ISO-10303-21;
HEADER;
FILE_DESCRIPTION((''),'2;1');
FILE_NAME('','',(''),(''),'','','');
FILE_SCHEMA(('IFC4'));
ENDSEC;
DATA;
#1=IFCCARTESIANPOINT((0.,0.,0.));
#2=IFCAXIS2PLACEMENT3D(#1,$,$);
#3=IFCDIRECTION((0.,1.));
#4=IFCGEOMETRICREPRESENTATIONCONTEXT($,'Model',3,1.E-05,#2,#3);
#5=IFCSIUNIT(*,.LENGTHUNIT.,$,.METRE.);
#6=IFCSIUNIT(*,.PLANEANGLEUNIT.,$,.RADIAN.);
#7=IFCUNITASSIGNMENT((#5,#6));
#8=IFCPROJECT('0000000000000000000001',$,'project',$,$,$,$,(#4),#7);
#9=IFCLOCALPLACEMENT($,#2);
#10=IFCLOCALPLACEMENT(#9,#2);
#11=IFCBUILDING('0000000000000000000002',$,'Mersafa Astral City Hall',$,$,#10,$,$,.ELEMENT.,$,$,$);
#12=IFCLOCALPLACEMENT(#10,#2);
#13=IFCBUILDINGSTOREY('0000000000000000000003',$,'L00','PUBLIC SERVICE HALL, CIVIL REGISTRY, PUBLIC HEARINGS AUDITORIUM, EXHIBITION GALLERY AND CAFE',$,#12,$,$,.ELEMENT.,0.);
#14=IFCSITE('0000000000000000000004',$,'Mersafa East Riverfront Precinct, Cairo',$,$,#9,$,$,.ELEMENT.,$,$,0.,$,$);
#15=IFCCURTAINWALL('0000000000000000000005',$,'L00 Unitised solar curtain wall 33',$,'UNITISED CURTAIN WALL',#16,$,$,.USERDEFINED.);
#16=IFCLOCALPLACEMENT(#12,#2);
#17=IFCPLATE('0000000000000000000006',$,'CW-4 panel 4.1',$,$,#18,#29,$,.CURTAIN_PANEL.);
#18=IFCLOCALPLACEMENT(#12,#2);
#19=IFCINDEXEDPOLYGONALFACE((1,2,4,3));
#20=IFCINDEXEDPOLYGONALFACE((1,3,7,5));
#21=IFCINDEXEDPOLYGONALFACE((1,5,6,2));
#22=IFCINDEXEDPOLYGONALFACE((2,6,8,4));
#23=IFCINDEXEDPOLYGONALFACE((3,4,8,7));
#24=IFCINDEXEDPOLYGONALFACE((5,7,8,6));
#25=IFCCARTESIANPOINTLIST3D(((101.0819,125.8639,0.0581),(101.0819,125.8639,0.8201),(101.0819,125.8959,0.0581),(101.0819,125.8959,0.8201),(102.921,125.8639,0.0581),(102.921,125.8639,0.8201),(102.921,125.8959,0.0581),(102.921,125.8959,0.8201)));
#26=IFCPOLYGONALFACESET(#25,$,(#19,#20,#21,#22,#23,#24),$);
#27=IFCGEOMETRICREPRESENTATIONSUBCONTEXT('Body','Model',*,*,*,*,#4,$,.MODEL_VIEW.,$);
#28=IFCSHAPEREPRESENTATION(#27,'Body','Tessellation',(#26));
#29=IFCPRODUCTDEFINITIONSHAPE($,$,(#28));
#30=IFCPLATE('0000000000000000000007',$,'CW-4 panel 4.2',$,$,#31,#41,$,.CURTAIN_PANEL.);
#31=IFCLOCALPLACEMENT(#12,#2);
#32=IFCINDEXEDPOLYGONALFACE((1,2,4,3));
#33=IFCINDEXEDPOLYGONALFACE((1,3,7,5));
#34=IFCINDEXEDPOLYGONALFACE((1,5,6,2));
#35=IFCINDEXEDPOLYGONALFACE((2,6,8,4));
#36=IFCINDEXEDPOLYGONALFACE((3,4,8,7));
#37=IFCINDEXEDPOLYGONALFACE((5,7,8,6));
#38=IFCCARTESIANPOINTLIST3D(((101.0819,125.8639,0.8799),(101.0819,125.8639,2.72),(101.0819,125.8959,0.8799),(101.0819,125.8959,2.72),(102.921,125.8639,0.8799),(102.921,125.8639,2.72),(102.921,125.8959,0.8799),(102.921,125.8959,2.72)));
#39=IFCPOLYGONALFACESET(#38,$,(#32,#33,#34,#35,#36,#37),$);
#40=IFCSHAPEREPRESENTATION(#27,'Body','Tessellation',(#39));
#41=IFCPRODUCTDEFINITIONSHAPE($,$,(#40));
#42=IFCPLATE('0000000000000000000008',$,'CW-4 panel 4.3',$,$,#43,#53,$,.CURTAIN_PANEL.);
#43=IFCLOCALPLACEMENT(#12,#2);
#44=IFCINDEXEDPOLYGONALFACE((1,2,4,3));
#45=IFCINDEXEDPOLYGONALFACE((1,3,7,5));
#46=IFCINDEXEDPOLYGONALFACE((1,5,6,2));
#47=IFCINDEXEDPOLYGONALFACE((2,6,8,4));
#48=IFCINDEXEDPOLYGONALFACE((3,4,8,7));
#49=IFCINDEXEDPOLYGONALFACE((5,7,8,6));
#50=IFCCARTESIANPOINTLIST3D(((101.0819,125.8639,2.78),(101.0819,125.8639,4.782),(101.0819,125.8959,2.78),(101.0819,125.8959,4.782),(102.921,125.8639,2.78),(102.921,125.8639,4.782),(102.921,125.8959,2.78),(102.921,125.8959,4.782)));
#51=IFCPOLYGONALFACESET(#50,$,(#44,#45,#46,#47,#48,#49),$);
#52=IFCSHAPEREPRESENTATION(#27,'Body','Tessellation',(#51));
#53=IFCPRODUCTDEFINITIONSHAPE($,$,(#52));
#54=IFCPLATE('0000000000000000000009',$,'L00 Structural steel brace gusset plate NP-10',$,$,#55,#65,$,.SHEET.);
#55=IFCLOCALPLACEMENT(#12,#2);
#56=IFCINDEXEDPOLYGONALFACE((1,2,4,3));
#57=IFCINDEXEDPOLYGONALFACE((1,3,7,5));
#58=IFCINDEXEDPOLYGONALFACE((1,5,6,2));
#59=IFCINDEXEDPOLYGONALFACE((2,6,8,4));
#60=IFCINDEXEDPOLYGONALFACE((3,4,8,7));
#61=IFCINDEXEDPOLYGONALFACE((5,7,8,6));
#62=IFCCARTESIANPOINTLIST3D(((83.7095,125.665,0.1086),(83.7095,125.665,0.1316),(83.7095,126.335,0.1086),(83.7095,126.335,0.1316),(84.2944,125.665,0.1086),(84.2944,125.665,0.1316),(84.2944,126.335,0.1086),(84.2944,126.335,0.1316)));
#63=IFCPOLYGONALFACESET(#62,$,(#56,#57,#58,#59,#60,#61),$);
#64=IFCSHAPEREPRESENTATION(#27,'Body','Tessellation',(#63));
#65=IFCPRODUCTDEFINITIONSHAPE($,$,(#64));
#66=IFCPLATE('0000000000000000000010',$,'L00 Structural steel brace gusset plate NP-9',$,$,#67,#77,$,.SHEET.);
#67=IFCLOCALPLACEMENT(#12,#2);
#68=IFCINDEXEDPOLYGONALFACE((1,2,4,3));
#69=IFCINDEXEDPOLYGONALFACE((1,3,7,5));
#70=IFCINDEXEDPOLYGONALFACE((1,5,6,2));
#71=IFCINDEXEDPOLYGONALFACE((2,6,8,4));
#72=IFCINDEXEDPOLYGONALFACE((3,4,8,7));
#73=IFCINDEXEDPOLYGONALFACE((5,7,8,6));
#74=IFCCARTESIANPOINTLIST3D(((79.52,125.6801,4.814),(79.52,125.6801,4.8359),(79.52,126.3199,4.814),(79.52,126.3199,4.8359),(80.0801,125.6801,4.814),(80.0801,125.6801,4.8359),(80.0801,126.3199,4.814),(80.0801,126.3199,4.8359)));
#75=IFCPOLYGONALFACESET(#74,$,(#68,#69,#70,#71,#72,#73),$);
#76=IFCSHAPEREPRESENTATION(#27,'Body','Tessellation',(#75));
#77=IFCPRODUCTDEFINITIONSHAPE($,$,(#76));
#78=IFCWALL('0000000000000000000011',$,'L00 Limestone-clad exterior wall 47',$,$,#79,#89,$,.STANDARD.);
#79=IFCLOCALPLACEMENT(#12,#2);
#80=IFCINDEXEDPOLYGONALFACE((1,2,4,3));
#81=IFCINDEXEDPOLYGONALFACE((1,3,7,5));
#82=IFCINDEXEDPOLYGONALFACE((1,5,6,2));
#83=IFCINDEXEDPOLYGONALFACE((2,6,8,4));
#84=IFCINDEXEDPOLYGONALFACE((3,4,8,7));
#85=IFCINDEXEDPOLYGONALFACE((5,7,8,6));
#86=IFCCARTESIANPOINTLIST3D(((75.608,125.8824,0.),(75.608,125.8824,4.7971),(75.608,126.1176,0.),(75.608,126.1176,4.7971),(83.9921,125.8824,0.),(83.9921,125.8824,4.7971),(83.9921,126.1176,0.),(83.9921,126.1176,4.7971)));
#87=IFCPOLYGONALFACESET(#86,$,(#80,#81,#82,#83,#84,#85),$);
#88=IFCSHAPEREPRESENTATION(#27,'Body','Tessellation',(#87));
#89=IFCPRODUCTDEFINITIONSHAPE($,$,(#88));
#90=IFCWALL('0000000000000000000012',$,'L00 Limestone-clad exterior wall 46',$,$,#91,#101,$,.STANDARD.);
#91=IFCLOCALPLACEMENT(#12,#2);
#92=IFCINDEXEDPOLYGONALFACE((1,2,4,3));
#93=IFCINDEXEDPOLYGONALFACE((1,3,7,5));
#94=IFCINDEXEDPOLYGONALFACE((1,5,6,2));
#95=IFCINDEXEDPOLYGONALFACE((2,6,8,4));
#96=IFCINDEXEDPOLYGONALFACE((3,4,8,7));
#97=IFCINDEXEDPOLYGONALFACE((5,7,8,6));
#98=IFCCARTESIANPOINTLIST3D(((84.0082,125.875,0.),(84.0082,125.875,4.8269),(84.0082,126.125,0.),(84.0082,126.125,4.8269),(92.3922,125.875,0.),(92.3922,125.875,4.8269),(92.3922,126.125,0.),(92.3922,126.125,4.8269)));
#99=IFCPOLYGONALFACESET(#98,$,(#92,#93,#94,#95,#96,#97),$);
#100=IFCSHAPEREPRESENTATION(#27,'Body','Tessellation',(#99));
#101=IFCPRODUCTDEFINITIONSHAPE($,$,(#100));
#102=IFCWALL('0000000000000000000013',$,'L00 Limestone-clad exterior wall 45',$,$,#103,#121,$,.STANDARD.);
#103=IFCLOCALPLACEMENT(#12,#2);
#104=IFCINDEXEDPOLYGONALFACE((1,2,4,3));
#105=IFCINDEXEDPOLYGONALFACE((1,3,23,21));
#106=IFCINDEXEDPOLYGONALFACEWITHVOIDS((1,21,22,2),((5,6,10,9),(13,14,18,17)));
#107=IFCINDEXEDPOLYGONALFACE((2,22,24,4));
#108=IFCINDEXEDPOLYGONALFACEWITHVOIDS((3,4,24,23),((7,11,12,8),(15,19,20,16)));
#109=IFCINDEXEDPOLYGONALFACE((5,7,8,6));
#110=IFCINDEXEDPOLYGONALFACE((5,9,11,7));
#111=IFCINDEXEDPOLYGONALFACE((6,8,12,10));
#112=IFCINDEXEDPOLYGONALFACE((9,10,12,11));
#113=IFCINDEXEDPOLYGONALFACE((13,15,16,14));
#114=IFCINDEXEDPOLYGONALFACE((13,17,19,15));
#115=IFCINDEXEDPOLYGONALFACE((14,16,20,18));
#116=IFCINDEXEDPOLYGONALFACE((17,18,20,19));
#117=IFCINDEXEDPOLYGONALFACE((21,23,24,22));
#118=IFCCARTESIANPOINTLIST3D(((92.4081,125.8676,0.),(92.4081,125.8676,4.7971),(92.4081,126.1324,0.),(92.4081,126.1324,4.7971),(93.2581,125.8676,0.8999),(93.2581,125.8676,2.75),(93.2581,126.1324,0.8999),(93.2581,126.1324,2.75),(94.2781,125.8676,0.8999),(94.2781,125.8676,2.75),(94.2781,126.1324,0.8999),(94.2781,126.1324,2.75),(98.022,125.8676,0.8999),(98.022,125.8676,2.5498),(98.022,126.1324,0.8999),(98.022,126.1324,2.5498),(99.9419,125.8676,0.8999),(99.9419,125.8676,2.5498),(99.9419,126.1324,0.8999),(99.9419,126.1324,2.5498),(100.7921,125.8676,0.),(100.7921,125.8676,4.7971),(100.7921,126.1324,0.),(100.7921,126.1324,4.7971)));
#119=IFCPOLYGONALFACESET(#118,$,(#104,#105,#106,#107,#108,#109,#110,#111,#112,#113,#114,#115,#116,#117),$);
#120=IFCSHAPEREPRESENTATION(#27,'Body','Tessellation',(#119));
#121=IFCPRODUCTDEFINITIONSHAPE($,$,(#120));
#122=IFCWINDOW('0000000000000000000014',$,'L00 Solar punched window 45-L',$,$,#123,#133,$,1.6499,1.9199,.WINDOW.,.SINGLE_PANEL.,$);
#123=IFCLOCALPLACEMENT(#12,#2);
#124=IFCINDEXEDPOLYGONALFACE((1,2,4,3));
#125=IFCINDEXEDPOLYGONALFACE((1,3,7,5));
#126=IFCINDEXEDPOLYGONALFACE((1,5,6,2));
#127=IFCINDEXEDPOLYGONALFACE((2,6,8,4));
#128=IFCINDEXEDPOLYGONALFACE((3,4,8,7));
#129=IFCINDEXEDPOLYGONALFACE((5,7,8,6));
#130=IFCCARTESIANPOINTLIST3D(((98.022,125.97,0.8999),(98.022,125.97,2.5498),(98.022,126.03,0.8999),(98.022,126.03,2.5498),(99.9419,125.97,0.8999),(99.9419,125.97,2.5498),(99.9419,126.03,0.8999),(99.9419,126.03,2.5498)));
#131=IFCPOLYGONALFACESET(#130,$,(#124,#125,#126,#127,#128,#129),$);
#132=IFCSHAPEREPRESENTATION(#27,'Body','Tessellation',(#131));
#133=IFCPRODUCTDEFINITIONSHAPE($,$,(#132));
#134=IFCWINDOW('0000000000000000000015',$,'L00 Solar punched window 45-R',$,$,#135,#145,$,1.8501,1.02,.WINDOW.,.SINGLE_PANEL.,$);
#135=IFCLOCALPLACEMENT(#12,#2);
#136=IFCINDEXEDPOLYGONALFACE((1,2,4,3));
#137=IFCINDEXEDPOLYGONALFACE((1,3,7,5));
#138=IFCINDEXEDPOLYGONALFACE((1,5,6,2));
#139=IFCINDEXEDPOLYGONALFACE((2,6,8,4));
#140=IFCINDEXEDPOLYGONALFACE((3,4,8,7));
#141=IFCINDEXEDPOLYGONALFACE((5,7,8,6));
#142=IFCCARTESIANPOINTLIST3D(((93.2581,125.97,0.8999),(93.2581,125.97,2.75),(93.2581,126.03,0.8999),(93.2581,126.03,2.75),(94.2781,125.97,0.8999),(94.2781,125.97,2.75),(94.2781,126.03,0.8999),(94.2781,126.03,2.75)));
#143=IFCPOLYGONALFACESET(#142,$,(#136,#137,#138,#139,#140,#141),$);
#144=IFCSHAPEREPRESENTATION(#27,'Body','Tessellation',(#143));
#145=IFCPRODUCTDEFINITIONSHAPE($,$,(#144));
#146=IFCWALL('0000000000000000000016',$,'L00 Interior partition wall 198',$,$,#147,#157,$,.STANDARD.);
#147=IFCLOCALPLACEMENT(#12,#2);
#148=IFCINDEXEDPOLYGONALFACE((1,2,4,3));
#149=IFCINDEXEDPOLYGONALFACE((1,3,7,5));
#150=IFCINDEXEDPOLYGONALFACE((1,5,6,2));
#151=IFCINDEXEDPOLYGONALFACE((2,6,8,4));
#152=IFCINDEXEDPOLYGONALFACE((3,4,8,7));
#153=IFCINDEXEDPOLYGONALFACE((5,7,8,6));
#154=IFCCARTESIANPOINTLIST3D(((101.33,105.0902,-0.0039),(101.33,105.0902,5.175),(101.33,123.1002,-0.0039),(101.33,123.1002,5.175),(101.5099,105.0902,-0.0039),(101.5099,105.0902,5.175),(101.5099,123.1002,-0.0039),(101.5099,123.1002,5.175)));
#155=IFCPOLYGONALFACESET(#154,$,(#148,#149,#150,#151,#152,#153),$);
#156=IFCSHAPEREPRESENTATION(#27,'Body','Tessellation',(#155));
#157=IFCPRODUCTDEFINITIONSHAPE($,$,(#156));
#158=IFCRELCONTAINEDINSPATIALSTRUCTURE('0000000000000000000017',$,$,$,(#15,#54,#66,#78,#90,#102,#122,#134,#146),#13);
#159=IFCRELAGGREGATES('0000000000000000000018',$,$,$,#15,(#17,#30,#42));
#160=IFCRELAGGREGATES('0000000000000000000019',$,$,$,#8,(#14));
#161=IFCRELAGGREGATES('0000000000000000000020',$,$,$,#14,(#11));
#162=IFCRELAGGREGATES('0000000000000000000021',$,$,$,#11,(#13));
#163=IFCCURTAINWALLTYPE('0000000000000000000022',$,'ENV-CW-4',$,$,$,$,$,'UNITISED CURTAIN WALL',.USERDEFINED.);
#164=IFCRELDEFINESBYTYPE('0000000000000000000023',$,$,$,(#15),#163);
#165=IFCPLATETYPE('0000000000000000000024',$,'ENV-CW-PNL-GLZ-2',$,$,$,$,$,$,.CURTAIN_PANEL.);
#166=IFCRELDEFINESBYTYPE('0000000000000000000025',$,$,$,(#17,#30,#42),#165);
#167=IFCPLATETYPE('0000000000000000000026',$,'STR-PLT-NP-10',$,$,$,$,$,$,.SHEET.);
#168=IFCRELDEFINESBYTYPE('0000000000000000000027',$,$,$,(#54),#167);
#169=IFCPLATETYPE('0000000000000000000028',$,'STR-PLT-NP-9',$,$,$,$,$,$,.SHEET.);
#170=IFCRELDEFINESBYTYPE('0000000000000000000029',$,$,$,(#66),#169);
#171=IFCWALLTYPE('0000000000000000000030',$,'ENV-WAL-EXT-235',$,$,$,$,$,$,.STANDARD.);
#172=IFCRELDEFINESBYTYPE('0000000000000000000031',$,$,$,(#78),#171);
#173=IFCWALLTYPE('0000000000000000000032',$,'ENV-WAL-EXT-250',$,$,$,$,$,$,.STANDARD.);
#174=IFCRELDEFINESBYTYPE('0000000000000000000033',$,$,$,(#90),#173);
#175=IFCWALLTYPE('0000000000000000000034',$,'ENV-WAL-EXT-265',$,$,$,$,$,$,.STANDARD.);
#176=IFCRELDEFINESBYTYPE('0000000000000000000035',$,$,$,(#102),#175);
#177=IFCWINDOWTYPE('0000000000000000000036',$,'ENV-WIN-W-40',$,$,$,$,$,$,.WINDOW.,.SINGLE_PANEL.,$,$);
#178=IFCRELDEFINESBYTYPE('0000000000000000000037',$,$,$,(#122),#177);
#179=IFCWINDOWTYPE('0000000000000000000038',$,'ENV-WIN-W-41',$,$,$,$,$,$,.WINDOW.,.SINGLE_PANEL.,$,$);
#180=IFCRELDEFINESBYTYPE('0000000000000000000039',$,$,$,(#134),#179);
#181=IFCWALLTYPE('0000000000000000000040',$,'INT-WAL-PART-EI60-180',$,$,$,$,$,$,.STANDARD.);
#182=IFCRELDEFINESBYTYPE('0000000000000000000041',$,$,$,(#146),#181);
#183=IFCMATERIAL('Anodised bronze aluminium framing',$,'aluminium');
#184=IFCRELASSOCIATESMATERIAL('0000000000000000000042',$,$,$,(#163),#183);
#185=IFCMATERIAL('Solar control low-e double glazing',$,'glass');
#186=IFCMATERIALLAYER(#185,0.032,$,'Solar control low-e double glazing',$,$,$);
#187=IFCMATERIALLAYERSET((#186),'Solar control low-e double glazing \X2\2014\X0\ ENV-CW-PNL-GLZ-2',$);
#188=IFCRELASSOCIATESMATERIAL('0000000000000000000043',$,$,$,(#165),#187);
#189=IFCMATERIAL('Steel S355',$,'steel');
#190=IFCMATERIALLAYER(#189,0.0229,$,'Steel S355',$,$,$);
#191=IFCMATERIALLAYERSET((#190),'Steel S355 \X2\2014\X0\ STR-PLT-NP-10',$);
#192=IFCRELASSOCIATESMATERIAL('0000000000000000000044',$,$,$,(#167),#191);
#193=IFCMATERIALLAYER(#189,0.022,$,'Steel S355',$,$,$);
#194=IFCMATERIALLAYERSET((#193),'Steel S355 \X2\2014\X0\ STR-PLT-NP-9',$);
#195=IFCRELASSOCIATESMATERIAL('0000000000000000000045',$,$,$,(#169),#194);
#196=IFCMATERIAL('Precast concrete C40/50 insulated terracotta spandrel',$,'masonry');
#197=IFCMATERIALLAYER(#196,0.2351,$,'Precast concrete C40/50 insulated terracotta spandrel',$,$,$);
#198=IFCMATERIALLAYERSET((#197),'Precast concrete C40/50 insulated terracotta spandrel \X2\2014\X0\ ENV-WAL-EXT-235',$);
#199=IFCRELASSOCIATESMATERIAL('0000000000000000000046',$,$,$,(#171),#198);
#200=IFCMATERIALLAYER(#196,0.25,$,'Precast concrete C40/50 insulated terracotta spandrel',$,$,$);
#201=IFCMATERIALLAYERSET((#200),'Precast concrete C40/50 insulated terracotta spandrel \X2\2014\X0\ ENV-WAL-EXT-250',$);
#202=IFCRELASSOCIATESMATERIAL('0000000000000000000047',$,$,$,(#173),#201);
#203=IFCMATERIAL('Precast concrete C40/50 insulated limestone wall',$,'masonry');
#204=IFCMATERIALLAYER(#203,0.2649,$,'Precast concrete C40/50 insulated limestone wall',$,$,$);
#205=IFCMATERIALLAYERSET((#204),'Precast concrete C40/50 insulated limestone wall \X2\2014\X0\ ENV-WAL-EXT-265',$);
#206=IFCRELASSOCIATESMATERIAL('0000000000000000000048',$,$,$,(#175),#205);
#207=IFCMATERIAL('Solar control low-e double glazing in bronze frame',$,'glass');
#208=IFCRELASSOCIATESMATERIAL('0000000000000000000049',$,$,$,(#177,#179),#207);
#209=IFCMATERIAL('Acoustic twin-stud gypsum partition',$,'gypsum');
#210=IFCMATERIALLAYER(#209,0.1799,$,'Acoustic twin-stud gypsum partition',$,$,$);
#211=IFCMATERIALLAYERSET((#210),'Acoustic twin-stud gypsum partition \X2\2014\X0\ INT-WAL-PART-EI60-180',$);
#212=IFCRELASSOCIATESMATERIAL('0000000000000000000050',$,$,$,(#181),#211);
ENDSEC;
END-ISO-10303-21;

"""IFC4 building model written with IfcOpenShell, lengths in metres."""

from ifc_helpers import new_model, si_unit, direction, frame, frame_2d, origin, origin_2d, place, context, subcontext, project, spatial, rectangle, extrude, material, layer, layer_set, type_object, element, fill, aggregate, save


model = new_model("IFC4")

# Units and contexts
model_context = context("Model", 3, precision=1e-05, world=origin(), true_north=direction((0.0, 1.0)))
body_context = subcontext(model_context, "Body", "Model", "MODEL_VIEW")
ifc_project = project(units=[si_unit("LENGTHUNIT", "METRE"), si_unit("PLANEANGLEUNIT", "RADIAN")], contexts=[model_context])

# Site, building, storey
site_placement = place(None, origin())
site = spatial("IfcSite", under=ifc_project, at=site_placement, Name="Mersafa East Riverfront Precinct, Cairo", CompositionType="ELEMENT", RefElevation=0.0)
building_placement = place(site_placement, origin())
building = spatial("IfcBuilding", under=site, at=building_placement, Name="Mersafa Astral City Hall", CompositionType="ELEMENT")
storey_placement = place(building_placement, origin())
storey = spatial("IfcBuildingStorey", under=building, at=storey_placement, Name="L00", Description="PUBLIC SERVICE HALL, CIVIL REGISTRY, PUBLIC HEARINGS AUDITORIUM, EXHIBITION GALLERY AND CAFE", CompositionType="ELEMENT", Elevation=0.0)

# Shared definitions
ifc_material_1 = material(Name="Steel S355", Category="steel")

# Curtain wall
ifc_material_2 = material(Name="Anodised bronze aluminium framing", Category="aluminium")
curtain_wall_type = type_object("IfcCurtainWallType", Name="ENV-CW-4", ElementType="UNITISED CURTAIN WALL", PredefinedType="USERDEFINED", material=ifc_material_2)
curtain_wall_placement = place(storey_placement, origin())
curtain_wall = element("IfcCurtainWall", 1, at=curtain_wall_placement, inside=storey, type_object=curtain_wall_type, Name="L00 Unitised solar curtain wall 33", ObjectType="UNITISED CURTAIN WALL", PredefinedType="USERDEFINED")

# Plates
ifc_material_3 = material(Name="Solar control low-e double glazing", Category="glass")
ifc_layer_1 = layer(ifc_material_3, 0.032, Name="Solar control low-e double glazing")
ifc_layer_set_1 = layer_set([ifc_layer_1], Name="Solar control low-e double glazing — ENV-CW-PNL-GLZ-2")
plate_type_1 = type_object("IfcPlateType", Name="ENV-CW-PNL-GLZ-2", PredefinedType="CURTAIN_PANEL", material=ifc_layer_set_1)
plate_1_placement = place(storey_placement, frame((102.0015, 125.8799, 0.0581), z_axis=(0.0, 0.0, 1.0), x_axis=(-1.0, 0.0, 0.0)))
plate_1 = element("IfcPlate", 2, at=plate_1_placement, type_object=plate_type_1, Name="CW-4 panel 4.1", PredefinedType="CURTAIN_PANEL", context=body_context, shape_type="SweptSolid", body=[
    extrude(rectangle(XDim=1.8391, YDim=0.032, at=origin_2d()), origin(), (0.0, 0.0, 1.0), 0.762),
])
plate_2_placement = place(storey_placement, frame((102.0015, 125.8799, 0.8799), z_axis=(0.0, 0.0, 1.0), x_axis=(-1.0, 0.0, 0.0)))
plate_2 = element("IfcPlate", 3, at=plate_2_placement, type_object=plate_type_1, Name="CW-4 panel 4.2", PredefinedType="CURTAIN_PANEL", context=body_context, shape_type="SweptSolid", body=[
    extrude(rectangle(XDim=1.8391, YDim=0.032, at=origin_2d()), origin(), (0.0, 0.0, 1.0), 1.8401),
])
plate_3_placement = place(storey_placement, frame((102.0015, 125.8799, 2.78), z_axis=(0.0, 0.0, 1.0), x_axis=(-1.0, 0.0, 0.0)))
plate_3 = element("IfcPlate", 4, at=plate_3_placement, type_object=plate_type_1, Name="CW-4 panel 4.3", PredefinedType="CURTAIN_PANEL", context=body_context, shape_type="SweptSolid", body=[
    extrude(rectangle(XDim=1.8391, YDim=0.032, at=origin_2d()), origin(), (0.0, 0.0, 1.0), 2.002),
])
aggregate(curtain_wall, [plate_1, plate_2, plate_3])

# Plates
ifc_layer_2 = layer(ifc_material_1, 0.0229, Name="Steel S355")
ifc_layer_set_2 = layer_set([ifc_layer_2], Name="Steel S355 — STR-PLT-NP-10")
plate_type_2 = type_object("IfcPlateType", Name="STR-PLT-NP-10", PredefinedType="SHEET", material=ifc_layer_set_2)
plate_4_placement = place(storey_placement, frame((84.002, 126.0, 0.1086), z_axis=(0.0, 0.0, 1.0), x_axis=(1.0, 0.0, 0.0)))
element("IfcPlate", 5, at=plate_4_placement, inside=storey, type_object=plate_type_2, Name="L00 Structural steel brace gusset plate NP-10", PredefinedType="SHEET", context=body_context, shape_type="SweptSolid", body=[
    extrude(rectangle(XDim=0.585, YDim=0.6699, at=origin_2d()), origin(), (0.0, 0.0, 1.0), 0.0229),
])
ifc_layer_3 = layer(ifc_material_1, 0.022, Name="Steel S355")
ifc_layer_set_3 = layer_set([ifc_layer_3], Name="Steel S355 — STR-PLT-NP-9")
plate_type_3 = type_object("IfcPlateType", Name="STR-PLT-NP-9", PredefinedType="SHEET", material=ifc_layer_set_3)
plate_5_placement = place(storey_placement, frame((79.8, 126.0, 4.814), z_axis=(0.0, 0.0, 1.0), x_axis=(1.0, 0.0, 0.0)))
element("IfcPlate", 6, at=plate_5_placement, inside=storey, type_object=plate_type_3, Name="L00 Structural steel brace gusset plate NP-9", PredefinedType="SHEET", context=body_context, shape_type="SweptSolid", body=[
    extrude(rectangle(XDim=0.5601, YDim=0.6399, at=origin_2d()), origin(), (0.0, 0.0, 1.0), 0.022),
])

# Walls
ifc_material_4 = material(Name="Precast concrete C40/50 insulated terracotta spandrel", Category="masonry")
ifc_layer_4 = layer(ifc_material_4, 0.2351, Name="Precast concrete C40/50 insulated terracotta spandrel")
ifc_layer_set_4 = layer_set([ifc_layer_4], Name="Precast concrete C40/50 insulated terracotta spandrel — ENV-WAL-EXT-235")
wall_type_1 = type_object("IfcWallType", Name="ENV-WAL-EXT-235", PredefinedType="STANDARD", material=ifc_layer_set_4)
wall_1_placement = place(storey_placement, frame((83.9919, 126.0, 0.0), z_axis=(0.0, 0.0, 1.0), x_axis=(-1.0, 0.0, 0.0)))
element("IfcWall", 7, at=wall_1_placement, inside=storey, type_object=wall_type_1, Name="L00 Limestone-clad exterior wall 47", PredefinedType="STANDARD", context=body_context, shape_type="SweptSolid", body=[
    extrude(rectangle(XDim=8.384, YDim=0.2351, at=frame_2d((4.1919, 0.0))), origin(), (0.0, 0.0, 1.0), 4.7971),
])
ifc_layer_5 = layer(ifc_material_4, 0.25, Name="Precast concrete C40/50 insulated terracotta spandrel")
ifc_layer_set_5 = layer_set([ifc_layer_5], Name="Precast concrete C40/50 insulated terracotta spandrel — ENV-WAL-EXT-250")
wall_type_2 = type_object("IfcWallType", Name="ENV-WAL-EXT-250", PredefinedType="STANDARD", material=ifc_layer_set_5)
wall_2_placement = place(storey_placement, frame((92.3921, 126.0, 0.0), z_axis=(0.0, 0.0, 1.0), x_axis=(-1.0, 0.0, 0.0)))
element("IfcWall", 8, at=wall_2_placement, inside=storey, type_object=wall_type_2, Name="L00 Limestone-clad exterior wall 46", PredefinedType="STANDARD", context=body_context, shape_type="SweptSolid", body=[
    extrude(rectangle(XDim=8.384, YDim=0.25, at=frame_2d((4.1919, 0.0))), origin(), (0.0, 0.0, 1.0), 4.8269),
])

# Wall, openings, windows
ifc_material_5 = material(Name="Precast concrete C40/50 insulated limestone wall", Category="masonry")
ifc_layer_6 = layer(ifc_material_5, 0.2649, Name="Precast concrete C40/50 insulated limestone wall")
ifc_layer_set_6 = layer_set([ifc_layer_6], Name="Precast concrete C40/50 insulated limestone wall — ENV-WAL-EXT-265")
wall_type_3 = type_object("IfcWallType", Name="ENV-WAL-EXT-265", PredefinedType="STANDARD", material=ifc_layer_set_6)
wall_3_placement = place(storey_placement, frame((100.792, 126.0, 0.0), z_axis=(0.0, 0.0, 1.0), x_axis=(-1.0, 0.0, 0.0)))
wall_3 = element("IfcWall", 9, at=wall_3_placement, inside=storey, type_object=wall_type_3, Name="L00 Limestone-clad exterior wall 45", PredefinedType="STANDARD", context=body_context, shape_type="SweptSolid", body=[
    extrude(rectangle(XDim=8.384, YDim=0.2649, at=frame_2d((4.1919, 0.0))), origin(), (0.0, 0.0, 1.0), 4.7971),
])
opening_1_placement = place(wall_3_placement, frame((0.8501, 0.0, 0.8999)))
opening_1 = element("IfcOpeningElement", 10, at=opening_1_placement, cuts=wall_3, PredefinedType="OPENING", context=body_context, shape_type="SweptSolid", body=[
    extrude(rectangle(XDim=1.9199, YDim=1.6499, at=frame_2d((0.96, 0.825))), frame((0.0, 0.1423, 0.0), z_axis=(0.0, -1.0, 0.0), x_axis=(1.0, 0.0, 0.0)), (0.0, 0.0, 1.0), 0.2849),
])
opening_2_placement = place(wall_3_placement, frame((6.5139, 0.0, 0.8999)))
opening_2 = element("IfcOpeningElement", 11, at=opening_2_placement, cuts=wall_3, PredefinedType="OPENING", context=body_context, shape_type="SweptSolid", body=[
    extrude(rectangle(XDim=1.02, YDim=1.8501, at=frame_2d((0.51, 0.925))), frame((0.0, 0.1423, 0.0), z_axis=(0.0, -1.0, 0.0), x_axis=(1.0, 0.0, 0.0)), (0.0, 0.0, 1.0), 0.2849),
])
ifc_material_6 = material(Name="Solar control low-e double glazing in bronze frame", Category="glass")
window_type_1 = type_object("IfcWindowType", Name="ENV-WIN-W-40", PartitioningType="SINGLE_PANEL", PredefinedType="WINDOW", material=ifc_material_6)
window_1_placement = place(opening_1_placement, origin())
window_1 = element("IfcWindow", 12, at=window_1_placement, inside=storey, type_object=window_type_1, Name="L00 Solar punched window 45-L", OverallHeight=1.6499, OverallWidth=1.9199, PartitioningType="SINGLE_PANEL", PredefinedType="WINDOW", context=body_context, shape_type="SweptSolid", body=[
    extrude(rectangle(XDim=1.9199, YDim=1.6499, at=frame_2d((0.96, 0.825))), frame((0.0, 0.03, 0.0), z_axis=(0.0, -1.0, 0.0), x_axis=(1.0, 0.0, 0.0)), (0.0, 0.0, 1.0), 0.0601),
])
fill(opening_1, window_1)
window_type_2 = type_object("IfcWindowType", Name="ENV-WIN-W-41", PartitioningType="SINGLE_PANEL", PredefinedType="WINDOW", material=ifc_material_6)
window_2_placement = place(opening_2_placement, origin())
window_2 = element("IfcWindow", 13, at=window_2_placement, inside=storey, type_object=window_type_2, Name="L00 Solar punched window 45-R", OverallHeight=1.8501, OverallWidth=1.02, PartitioningType="SINGLE_PANEL", PredefinedType="WINDOW", context=body_context, shape_type="SweptSolid", body=[
    extrude(rectangle(XDim=1.02, YDim=1.8501, at=frame_2d((0.51, 0.925))), frame((0.0, 0.03, 0.0), z_axis=(0.0, -1.0, 0.0), x_axis=(1.0, 0.0, 0.0)), (0.0, 0.0, 1.0), 0.0601),
])
fill(opening_2, window_2)

# Wall
ifc_material_7 = material(Name="Acoustic twin-stud gypsum partition", Category="gypsum")
ifc_layer_7 = layer(ifc_material_7, 0.1799, Name="Acoustic twin-stud gypsum partition")
ifc_layer_set_7 = layer_set([ifc_layer_7], Name="Acoustic twin-stud gypsum partition — INT-WAL-PART-EI60-180")
wall_type_4 = type_object("IfcWallType", Name="INT-WAL-PART-EI60-180", PredefinedType="STANDARD", material=ifc_layer_set_7)
wall_4_placement = place(storey_placement, frame((101.4199, 123.1001, -0.0039), z_axis=(0.0, 0.0, 1.0), x_axis=(0.0, -1.0, 0.0)))
element("IfcWall", 14, at=wall_4_placement, inside=storey, type_object=wall_type_4, Name="L00 Interior partition wall 198", PredefinedType="STANDARD", context=body_context, shape_type="SweptSolid", body=[
    extrude(rectangle(XDim=18.01, YDim=0.1799, at=frame_2d((9.0049, 0.0))), origin(), (0.0, 0.0, 1.0), 5.179),
])

save(model, "model.ifc")
